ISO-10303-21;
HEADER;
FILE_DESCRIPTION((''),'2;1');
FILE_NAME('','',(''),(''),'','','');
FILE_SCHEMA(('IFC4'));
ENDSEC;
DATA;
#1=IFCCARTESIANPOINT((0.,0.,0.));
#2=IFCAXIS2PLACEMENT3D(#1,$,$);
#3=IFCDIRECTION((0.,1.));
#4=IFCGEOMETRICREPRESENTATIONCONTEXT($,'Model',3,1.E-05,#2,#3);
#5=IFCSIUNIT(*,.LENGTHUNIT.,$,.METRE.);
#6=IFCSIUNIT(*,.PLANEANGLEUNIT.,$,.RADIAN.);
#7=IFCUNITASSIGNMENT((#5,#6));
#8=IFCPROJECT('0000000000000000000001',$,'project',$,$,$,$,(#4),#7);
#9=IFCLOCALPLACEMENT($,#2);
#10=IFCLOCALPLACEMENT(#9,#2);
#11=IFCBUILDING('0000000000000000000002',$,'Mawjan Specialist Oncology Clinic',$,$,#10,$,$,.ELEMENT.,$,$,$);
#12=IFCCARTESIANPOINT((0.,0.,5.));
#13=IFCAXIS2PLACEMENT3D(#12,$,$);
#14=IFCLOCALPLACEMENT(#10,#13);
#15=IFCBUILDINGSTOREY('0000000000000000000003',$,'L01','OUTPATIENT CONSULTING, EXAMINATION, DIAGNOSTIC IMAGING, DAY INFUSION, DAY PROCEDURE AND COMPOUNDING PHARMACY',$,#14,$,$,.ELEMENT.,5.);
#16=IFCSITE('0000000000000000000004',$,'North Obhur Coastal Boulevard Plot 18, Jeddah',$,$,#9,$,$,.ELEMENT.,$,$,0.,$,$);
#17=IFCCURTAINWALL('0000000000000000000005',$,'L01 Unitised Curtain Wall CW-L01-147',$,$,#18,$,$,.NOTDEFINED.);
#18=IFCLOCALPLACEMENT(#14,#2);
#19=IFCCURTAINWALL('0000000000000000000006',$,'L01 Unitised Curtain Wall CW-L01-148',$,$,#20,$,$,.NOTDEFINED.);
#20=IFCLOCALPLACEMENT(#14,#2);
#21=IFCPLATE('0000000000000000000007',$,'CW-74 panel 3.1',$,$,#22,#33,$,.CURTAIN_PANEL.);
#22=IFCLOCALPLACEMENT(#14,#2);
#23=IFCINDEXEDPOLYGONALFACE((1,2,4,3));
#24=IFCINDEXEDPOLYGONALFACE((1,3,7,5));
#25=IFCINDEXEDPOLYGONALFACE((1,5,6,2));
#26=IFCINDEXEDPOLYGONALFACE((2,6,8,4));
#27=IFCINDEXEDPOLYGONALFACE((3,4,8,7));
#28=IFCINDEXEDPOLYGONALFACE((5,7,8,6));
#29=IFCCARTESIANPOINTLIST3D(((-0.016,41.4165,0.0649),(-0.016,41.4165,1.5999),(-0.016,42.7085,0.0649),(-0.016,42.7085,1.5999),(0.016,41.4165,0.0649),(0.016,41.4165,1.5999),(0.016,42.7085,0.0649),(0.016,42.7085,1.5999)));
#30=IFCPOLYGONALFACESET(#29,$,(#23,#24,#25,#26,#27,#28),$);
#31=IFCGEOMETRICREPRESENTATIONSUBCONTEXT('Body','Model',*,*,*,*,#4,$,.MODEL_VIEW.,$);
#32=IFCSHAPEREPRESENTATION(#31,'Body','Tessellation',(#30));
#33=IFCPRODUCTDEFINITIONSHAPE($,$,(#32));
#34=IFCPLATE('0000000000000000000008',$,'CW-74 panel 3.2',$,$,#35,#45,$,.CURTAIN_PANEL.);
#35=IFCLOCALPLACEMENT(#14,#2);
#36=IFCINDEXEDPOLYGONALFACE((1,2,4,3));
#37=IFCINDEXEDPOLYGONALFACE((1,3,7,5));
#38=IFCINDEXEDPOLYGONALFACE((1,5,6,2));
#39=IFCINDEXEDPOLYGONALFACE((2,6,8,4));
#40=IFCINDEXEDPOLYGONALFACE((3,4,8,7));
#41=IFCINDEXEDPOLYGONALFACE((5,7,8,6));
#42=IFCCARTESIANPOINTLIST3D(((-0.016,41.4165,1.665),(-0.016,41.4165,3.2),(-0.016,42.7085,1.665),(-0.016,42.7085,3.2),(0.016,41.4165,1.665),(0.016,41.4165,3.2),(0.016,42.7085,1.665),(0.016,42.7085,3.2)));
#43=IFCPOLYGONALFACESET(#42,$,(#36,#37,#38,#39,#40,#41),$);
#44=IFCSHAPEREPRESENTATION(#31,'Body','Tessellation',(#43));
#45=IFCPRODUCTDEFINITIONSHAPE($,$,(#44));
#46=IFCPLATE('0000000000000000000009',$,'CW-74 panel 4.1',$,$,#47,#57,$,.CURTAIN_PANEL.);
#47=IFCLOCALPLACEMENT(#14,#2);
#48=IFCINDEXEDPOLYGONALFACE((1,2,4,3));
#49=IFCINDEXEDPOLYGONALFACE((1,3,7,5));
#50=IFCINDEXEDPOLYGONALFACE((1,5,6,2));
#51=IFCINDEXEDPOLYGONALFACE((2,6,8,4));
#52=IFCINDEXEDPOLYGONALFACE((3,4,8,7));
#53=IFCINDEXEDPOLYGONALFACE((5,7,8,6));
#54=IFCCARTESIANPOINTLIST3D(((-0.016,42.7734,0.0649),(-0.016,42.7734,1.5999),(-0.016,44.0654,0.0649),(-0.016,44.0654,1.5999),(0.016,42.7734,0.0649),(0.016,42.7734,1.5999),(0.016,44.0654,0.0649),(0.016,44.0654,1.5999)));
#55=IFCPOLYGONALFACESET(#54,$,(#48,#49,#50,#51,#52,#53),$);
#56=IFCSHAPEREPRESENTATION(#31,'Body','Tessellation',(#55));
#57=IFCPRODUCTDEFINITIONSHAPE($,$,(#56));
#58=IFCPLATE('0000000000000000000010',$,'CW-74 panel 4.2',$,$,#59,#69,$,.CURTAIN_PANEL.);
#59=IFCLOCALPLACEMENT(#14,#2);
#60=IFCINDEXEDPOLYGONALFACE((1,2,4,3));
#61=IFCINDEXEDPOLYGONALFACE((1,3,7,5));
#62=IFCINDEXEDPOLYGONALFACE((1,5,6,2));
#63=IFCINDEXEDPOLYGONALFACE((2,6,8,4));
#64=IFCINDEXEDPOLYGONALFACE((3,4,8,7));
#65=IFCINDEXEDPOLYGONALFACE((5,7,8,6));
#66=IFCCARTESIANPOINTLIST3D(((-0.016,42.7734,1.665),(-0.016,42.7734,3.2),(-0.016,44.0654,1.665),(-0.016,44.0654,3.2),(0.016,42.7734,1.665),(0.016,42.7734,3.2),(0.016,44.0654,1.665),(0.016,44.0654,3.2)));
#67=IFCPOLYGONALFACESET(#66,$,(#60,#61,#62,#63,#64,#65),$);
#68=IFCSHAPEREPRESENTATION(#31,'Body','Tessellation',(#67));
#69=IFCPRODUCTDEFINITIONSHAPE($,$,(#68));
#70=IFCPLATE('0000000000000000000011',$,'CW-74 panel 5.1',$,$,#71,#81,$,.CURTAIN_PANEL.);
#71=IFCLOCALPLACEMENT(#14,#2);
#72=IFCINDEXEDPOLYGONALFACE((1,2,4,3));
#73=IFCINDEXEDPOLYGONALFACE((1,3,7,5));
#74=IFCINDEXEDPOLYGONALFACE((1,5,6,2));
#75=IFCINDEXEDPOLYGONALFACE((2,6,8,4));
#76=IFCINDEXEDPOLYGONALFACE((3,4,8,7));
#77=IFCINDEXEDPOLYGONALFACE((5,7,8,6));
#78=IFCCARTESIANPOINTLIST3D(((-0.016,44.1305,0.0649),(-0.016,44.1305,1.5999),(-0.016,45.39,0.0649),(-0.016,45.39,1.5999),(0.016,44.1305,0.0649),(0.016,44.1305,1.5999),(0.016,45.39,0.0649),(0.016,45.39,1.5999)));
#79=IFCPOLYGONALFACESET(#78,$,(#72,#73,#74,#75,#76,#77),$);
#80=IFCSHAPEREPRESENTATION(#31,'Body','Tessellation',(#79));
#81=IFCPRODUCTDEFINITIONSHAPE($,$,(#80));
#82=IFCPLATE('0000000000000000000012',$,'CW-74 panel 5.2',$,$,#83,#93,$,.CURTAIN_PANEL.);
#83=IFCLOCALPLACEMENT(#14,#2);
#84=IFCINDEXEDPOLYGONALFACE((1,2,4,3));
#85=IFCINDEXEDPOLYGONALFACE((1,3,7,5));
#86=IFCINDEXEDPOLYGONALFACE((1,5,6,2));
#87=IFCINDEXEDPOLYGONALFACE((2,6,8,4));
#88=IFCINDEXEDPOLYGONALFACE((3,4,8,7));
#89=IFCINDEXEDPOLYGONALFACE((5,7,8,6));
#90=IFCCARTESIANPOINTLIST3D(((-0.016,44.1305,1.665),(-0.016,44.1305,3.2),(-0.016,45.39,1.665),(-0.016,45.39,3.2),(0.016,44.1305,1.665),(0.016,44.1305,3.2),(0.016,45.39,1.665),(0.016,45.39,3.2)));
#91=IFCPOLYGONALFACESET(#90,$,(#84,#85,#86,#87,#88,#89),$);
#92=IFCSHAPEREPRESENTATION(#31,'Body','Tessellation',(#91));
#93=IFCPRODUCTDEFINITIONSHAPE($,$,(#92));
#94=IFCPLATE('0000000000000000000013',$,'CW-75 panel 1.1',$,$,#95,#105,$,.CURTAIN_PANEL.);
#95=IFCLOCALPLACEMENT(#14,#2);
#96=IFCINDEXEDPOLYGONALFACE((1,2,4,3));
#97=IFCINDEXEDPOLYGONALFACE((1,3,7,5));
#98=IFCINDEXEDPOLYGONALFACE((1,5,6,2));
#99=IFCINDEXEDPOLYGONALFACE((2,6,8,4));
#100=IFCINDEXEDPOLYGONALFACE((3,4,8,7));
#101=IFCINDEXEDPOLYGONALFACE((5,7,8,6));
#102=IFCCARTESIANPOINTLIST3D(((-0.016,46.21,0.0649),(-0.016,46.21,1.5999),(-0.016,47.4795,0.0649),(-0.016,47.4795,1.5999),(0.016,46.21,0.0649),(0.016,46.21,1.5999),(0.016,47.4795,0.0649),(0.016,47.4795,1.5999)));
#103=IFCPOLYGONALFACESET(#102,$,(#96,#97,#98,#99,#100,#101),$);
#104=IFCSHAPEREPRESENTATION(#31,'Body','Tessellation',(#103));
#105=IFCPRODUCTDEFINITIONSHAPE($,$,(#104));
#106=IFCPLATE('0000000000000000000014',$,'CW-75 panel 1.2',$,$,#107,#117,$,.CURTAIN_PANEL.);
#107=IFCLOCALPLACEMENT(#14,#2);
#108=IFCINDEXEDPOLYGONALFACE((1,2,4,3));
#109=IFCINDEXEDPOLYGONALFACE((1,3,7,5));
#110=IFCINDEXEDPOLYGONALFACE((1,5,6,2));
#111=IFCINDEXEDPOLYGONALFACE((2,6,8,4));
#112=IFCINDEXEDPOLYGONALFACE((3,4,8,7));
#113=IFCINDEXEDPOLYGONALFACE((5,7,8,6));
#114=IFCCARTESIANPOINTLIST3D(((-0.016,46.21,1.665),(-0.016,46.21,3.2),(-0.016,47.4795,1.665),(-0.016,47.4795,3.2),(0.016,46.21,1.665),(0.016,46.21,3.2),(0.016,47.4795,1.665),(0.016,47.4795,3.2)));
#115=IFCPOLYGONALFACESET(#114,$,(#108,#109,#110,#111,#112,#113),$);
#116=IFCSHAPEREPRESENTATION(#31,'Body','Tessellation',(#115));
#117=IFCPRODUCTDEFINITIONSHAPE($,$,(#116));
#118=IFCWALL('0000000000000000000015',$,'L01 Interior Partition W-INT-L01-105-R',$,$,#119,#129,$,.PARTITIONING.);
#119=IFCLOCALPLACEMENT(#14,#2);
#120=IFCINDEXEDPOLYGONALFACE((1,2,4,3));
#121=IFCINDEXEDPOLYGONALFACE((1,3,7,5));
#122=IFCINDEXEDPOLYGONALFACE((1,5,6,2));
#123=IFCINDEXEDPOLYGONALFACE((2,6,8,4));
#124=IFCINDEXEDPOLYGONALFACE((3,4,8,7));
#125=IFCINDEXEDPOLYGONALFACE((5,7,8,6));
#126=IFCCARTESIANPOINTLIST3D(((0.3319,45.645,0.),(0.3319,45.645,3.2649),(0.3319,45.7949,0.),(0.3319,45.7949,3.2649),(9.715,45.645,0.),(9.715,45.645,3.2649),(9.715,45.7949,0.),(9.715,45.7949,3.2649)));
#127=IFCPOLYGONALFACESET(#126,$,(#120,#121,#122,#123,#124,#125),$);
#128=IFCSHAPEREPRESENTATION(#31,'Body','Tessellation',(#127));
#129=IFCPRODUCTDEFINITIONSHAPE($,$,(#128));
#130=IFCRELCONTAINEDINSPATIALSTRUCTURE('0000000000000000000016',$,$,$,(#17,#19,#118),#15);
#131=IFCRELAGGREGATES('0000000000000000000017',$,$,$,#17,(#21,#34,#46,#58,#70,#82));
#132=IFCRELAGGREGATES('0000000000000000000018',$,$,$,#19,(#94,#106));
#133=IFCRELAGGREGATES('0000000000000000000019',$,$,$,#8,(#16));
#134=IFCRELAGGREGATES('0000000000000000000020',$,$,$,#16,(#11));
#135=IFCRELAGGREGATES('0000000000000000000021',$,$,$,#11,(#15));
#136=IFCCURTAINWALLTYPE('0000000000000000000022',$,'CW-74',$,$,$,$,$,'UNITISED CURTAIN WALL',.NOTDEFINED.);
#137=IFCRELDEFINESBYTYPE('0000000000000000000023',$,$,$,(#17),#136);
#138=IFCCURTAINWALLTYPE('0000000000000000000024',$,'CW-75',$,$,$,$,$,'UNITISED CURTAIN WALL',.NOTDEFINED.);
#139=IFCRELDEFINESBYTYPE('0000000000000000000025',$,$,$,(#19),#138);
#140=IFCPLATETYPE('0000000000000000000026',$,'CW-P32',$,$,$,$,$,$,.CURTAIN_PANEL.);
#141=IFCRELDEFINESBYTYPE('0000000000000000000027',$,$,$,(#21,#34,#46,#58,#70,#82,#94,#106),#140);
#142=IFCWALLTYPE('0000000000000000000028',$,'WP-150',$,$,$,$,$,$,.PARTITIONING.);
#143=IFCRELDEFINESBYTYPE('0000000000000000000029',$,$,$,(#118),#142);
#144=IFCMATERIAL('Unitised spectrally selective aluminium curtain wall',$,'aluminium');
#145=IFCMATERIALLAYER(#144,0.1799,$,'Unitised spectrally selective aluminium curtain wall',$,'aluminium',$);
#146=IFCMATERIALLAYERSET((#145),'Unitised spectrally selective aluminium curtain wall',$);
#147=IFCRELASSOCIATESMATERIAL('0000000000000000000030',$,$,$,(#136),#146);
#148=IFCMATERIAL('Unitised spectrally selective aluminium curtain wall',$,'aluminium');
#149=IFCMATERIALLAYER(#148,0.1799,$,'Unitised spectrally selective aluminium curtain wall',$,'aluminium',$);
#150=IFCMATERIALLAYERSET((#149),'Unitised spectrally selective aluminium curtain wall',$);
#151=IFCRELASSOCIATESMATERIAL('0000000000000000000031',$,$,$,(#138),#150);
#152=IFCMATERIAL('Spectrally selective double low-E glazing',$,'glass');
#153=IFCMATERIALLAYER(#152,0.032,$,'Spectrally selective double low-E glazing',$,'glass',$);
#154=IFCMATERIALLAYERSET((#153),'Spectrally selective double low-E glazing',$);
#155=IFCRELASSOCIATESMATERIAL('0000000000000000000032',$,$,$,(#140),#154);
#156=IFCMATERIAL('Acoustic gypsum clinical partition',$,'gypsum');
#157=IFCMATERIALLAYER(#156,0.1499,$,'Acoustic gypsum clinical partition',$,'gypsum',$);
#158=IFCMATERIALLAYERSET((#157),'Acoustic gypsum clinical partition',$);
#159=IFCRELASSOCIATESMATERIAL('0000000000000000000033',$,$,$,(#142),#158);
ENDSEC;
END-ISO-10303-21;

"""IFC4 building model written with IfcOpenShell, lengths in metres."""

from ifc_helpers import new_model, si_unit, direction, frame, frame_2d, origin, origin_2d, place, context, subcontext, project, spatial, rectangle, extrude, material, layer, layer_set, type_object, element, aggregate, save


model = new_model("IFC4")

# Units and contexts
model_context = context("Model", 3, precision=1e-05, world=origin(), true_north=direction((0.0, 1.0)))
body_context = subcontext(model_context, "Body", "Model", "MODEL_VIEW")
ifc_project = project(units=[si_unit("LENGTHUNIT", "METRE"), si_unit("PLANEANGLEUNIT", "RADIAN")], contexts=[model_context])

# Site, building, storey
site_placement = place(None, origin())
site = spatial("IfcSite", under=ifc_project, at=site_placement, Name="North Obhur Coastal Boulevard Plot 18, Jeddah", CompositionType="ELEMENT", RefElevation=0.0)
building_placement = place(site_placement, origin())
building = spatial("IfcBuilding", under=site, at=building_placement, Name="Mawjan Specialist Oncology Clinic", CompositionType="ELEMENT")
storey_placement = place(building_placement, frame((0.0, 0.0, 5.0)))
storey = spatial("IfcBuildingStorey", under=building, at=storey_placement, Name="L01", Description="OUTPATIENT CONSULTING, EXAMINATION, DIAGNOSTIC IMAGING, DAY INFUSION, DAY PROCEDURE AND COMPOUNDING PHARMACY", CompositionType="ELEMENT", Elevation=5.0)

# Curtain walls
ifc_material_1 = material(Name="Unitised spectrally selective aluminium curtain wall", Category="aluminium")
ifc_layer_1 = layer(ifc_material_1, 0.1799, Name="Unitised spectrally selective aluminium curtain wall", Category="aluminium")
ifc_layer_set_1 = layer_set([ifc_layer_1], Name="Unitised spectrally selective aluminium curtain wall")
curtain_wall_type_1 = type_object("IfcCurtainWallType", Name="CW-74", ElementType="UNITISED CURTAIN WALL", PredefinedType="NOTDEFINED", material=ifc_layer_set_1)
curtain_wall_1_placement = place(storey_placement, origin())
curtain_wall_1 = element("IfcCurtainWall", 1, at=curtain_wall_1_placement, inside=storey, type_object=curtain_wall_type_1, Name="L01 Unitised Curtain Wall CW-L01-147", PredefinedType="NOTDEFINED")
ifc_material_2 = material(Name="Unitised spectrally selective aluminium curtain wall", Category="aluminium")
ifc_layer_2 = layer(ifc_material_2, 0.1799, Name="Unitised spectrally selective aluminium curtain wall", Category="aluminium")
ifc_layer_set_2 = layer_set([ifc_layer_2], Name="Unitised spectrally selective aluminium curtain wall")
curtain_wall_type_2 = type_object("IfcCurtainWallType", Name="CW-75", ElementType="UNITISED CURTAIN WALL", PredefinedType="NOTDEFINED", material=ifc_layer_set_2)
curtain_wall_2_placement = place(storey_placement, origin())
curtain_wall_2 = element("IfcCurtainWall", 2, at=curtain_wall_2_placement, inside=storey, type_object=curtain_wall_type_2, Name="L01 Unitised Curtain Wall CW-L01-148", PredefinedType="NOTDEFINED")

# Plates
ifc_material_3 = material(Name="Spectrally selective double low-E glazing", Category="glass")
ifc_layer_3 = layer(ifc_material_3, 0.032, Name="Spectrally selective double low-E glazing", Category="glass")
ifc_layer_set_3 = layer_set([ifc_layer_3], Name="Spectrally selective double low-E glazing")
plate_type = type_object("IfcPlateType", Name="CW-P32", PredefinedType="CURTAIN_PANEL", material=ifc_layer_set_3)
plate_1_placement = place(storey_placement, frame((0.0, 42.0625, 0.0649), z_axis=(0.0, 0.0, 1.0), x_axis=(0.0, 1.0, 0.0)))
plate_1 = element("IfcPlate", 3, at=plate_1_placement, type_object=plate_type, Name="CW-74 panel 3.1", PredefinedType="CURTAIN_PANEL", context=body_context, shape_type="SweptSolid", body=[
    extrude(rectangle(XDim=1.292, YDim=0.032, at=origin_2d()), origin(), (0.0, 0.0, 1.0), 1.5349),
])
plate_2_placement = place(storey_placement, frame((0.0, 42.0625, 1.665), z_axis=(0.0, 0.0, 1.0), x_axis=(0.0, 1.0, 0.0)))
plate_2 = element("IfcPlate", 4, at=plate_2_placement, type_object=plate_type, Name="CW-74 panel 3.2", PredefinedType="CURTAIN_PANEL", context=body_context, shape_type="SweptSolid", body=[
    extrude(rectangle(XDim=1.292, YDim=0.032, at=origin_2d()), origin(), (0.0, 0.0, 1.0), 1.5349),
])
plate_3_placement = place(storey_placement, frame((0.0, 43.4194, 0.0649), z_axis=(0.0, 0.0, 1.0), x_axis=(0.0, 1.0, 0.0)))
plate_3 = element("IfcPlate", 5, at=plate_3_placement, type_object=plate_type, Name="CW-74 panel 4.1", PredefinedType="CURTAIN_PANEL", context=body_context, shape_type="SweptSolid", body=[
    extrude(rectangle(XDim=1.292, YDim=0.032, at=origin_2d()), origin(), (0.0, 0.0, 1.0), 1.5349),
])
plate_4_placement = place(storey_placement, frame((0.0, 43.4194, 1.665), z_axis=(0.0, 0.0, 1.0), x_axis=(0.0, 1.0, 0.0)))
plate_4 = element("IfcPlate", 6, at=plate_4_placement, type_object=plate_type, Name="CW-74 panel 4.2", PredefinedType="CURTAIN_PANEL", context=body_context, shape_type="SweptSolid", body=[
    extrude(rectangle(XDim=1.292, YDim=0.032, at=origin_2d()), origin(), (0.0, 0.0, 1.0), 1.5349),
])
plate_5_placement = place(storey_placement, frame((0.0, 44.7603, 0.0649), z_axis=(0.0, 0.0, 1.0), x_axis=(0.0, 1.0, 0.0)))
plate_5 = element("IfcPlate", 7, at=plate_5_placement, type_object=plate_type, Name="CW-74 panel 5.1", PredefinedType="CURTAIN_PANEL", context=body_context, shape_type="SweptSolid", body=[
    extrude(rectangle(XDim=1.2595, YDim=0.032, at=origin_2d()), origin(), (0.0, 0.0, 1.0), 1.5349),
])
plate_6_placement = place(storey_placement, frame((0.0, 44.7603, 1.665), z_axis=(0.0, 0.0, 1.0), x_axis=(0.0, 1.0, 0.0)))
plate_6 = element("IfcPlate", 8, at=plate_6_placement, type_object=plate_type, Name="CW-74 panel 5.2", PredefinedType="CURTAIN_PANEL", context=body_context, shape_type="SweptSolid", body=[
    extrude(rectangle(XDim=1.2595, YDim=0.032, at=origin_2d()), origin(), (0.0, 0.0, 1.0), 1.5349),
])
aggregate(curtain_wall_1, [plate_1, plate_2, plate_3, plate_4, plate_5, plate_6])
plate_7_placement = place(storey_placement, frame((0.0, 46.8447, 0.0649), z_axis=(0.0, 0.0, 1.0), x_axis=(0.0, 1.0, 0.0)))
plate_7 = element("IfcPlate", 9, at=plate_7_placement, type_object=plate_type, Name="CW-75 panel 1.1", PredefinedType="CURTAIN_PANEL", context=body_context, shape_type="SweptSolid", body=[
    extrude(rectangle(XDim=1.2695, YDim=0.032, at=origin_2d()), origin(), (0.0, 0.0, 1.0), 1.5349),
])
plate_8_placement = place(storey_placement, frame((0.0, 46.8447, 1.665), z_axis=(0.0, 0.0, 1.0), x_axis=(0.0, 1.0, 0.0)))
plate_8 = element("IfcPlate", 10, at=plate_8_placement, type_object=plate_type, Name="CW-75 panel 1.2", PredefinedType="CURTAIN_PANEL", context=body_context, shape_type="SweptSolid", body=[
    extrude(rectangle(XDim=1.2695, YDim=0.032, at=origin_2d()), origin(), (0.0, 0.0, 1.0), 1.5349),
])
aggregate(curtain_wall_2, [plate_7, plate_8])

# Wall
ifc_material_4 = material(Name="Acoustic gypsum clinical partition", Category="gypsum")
ifc_layer_4 = layer(ifc_material_4, 0.1499, Name="Acoustic gypsum clinical partition", Category="gypsum")
ifc_layer_set_4 = layer_set([ifc_layer_4], Name="Acoustic gypsum clinical partition")
wall_type = type_object("IfcWallType", Name="WP-150", PredefinedType="PARTITIONING", material=ifc_layer_set_4)
wall_placement = place(storey_placement, frame((0.332, 45.72, 0.0), z_axis=(0.0, 0.0, 1.0), x_axis=(1.0, 0.0, 0.0)))
element("IfcWall", 11, at=wall_placement, inside=storey, type_object=wall_type, Name="L01 Interior Partition W-INT-L01-105-R", PredefinedType="PARTITIONING", context=body_context, shape_type="SweptSolid", body=[
    extrude(rectangle(XDim=9.3831, YDim=0.1499, at=frame_2d((4.6914, 0.0))), origin(), (0.0, 0.0, 1.0), 3.2649),
])

save(model, "model.ifc")
